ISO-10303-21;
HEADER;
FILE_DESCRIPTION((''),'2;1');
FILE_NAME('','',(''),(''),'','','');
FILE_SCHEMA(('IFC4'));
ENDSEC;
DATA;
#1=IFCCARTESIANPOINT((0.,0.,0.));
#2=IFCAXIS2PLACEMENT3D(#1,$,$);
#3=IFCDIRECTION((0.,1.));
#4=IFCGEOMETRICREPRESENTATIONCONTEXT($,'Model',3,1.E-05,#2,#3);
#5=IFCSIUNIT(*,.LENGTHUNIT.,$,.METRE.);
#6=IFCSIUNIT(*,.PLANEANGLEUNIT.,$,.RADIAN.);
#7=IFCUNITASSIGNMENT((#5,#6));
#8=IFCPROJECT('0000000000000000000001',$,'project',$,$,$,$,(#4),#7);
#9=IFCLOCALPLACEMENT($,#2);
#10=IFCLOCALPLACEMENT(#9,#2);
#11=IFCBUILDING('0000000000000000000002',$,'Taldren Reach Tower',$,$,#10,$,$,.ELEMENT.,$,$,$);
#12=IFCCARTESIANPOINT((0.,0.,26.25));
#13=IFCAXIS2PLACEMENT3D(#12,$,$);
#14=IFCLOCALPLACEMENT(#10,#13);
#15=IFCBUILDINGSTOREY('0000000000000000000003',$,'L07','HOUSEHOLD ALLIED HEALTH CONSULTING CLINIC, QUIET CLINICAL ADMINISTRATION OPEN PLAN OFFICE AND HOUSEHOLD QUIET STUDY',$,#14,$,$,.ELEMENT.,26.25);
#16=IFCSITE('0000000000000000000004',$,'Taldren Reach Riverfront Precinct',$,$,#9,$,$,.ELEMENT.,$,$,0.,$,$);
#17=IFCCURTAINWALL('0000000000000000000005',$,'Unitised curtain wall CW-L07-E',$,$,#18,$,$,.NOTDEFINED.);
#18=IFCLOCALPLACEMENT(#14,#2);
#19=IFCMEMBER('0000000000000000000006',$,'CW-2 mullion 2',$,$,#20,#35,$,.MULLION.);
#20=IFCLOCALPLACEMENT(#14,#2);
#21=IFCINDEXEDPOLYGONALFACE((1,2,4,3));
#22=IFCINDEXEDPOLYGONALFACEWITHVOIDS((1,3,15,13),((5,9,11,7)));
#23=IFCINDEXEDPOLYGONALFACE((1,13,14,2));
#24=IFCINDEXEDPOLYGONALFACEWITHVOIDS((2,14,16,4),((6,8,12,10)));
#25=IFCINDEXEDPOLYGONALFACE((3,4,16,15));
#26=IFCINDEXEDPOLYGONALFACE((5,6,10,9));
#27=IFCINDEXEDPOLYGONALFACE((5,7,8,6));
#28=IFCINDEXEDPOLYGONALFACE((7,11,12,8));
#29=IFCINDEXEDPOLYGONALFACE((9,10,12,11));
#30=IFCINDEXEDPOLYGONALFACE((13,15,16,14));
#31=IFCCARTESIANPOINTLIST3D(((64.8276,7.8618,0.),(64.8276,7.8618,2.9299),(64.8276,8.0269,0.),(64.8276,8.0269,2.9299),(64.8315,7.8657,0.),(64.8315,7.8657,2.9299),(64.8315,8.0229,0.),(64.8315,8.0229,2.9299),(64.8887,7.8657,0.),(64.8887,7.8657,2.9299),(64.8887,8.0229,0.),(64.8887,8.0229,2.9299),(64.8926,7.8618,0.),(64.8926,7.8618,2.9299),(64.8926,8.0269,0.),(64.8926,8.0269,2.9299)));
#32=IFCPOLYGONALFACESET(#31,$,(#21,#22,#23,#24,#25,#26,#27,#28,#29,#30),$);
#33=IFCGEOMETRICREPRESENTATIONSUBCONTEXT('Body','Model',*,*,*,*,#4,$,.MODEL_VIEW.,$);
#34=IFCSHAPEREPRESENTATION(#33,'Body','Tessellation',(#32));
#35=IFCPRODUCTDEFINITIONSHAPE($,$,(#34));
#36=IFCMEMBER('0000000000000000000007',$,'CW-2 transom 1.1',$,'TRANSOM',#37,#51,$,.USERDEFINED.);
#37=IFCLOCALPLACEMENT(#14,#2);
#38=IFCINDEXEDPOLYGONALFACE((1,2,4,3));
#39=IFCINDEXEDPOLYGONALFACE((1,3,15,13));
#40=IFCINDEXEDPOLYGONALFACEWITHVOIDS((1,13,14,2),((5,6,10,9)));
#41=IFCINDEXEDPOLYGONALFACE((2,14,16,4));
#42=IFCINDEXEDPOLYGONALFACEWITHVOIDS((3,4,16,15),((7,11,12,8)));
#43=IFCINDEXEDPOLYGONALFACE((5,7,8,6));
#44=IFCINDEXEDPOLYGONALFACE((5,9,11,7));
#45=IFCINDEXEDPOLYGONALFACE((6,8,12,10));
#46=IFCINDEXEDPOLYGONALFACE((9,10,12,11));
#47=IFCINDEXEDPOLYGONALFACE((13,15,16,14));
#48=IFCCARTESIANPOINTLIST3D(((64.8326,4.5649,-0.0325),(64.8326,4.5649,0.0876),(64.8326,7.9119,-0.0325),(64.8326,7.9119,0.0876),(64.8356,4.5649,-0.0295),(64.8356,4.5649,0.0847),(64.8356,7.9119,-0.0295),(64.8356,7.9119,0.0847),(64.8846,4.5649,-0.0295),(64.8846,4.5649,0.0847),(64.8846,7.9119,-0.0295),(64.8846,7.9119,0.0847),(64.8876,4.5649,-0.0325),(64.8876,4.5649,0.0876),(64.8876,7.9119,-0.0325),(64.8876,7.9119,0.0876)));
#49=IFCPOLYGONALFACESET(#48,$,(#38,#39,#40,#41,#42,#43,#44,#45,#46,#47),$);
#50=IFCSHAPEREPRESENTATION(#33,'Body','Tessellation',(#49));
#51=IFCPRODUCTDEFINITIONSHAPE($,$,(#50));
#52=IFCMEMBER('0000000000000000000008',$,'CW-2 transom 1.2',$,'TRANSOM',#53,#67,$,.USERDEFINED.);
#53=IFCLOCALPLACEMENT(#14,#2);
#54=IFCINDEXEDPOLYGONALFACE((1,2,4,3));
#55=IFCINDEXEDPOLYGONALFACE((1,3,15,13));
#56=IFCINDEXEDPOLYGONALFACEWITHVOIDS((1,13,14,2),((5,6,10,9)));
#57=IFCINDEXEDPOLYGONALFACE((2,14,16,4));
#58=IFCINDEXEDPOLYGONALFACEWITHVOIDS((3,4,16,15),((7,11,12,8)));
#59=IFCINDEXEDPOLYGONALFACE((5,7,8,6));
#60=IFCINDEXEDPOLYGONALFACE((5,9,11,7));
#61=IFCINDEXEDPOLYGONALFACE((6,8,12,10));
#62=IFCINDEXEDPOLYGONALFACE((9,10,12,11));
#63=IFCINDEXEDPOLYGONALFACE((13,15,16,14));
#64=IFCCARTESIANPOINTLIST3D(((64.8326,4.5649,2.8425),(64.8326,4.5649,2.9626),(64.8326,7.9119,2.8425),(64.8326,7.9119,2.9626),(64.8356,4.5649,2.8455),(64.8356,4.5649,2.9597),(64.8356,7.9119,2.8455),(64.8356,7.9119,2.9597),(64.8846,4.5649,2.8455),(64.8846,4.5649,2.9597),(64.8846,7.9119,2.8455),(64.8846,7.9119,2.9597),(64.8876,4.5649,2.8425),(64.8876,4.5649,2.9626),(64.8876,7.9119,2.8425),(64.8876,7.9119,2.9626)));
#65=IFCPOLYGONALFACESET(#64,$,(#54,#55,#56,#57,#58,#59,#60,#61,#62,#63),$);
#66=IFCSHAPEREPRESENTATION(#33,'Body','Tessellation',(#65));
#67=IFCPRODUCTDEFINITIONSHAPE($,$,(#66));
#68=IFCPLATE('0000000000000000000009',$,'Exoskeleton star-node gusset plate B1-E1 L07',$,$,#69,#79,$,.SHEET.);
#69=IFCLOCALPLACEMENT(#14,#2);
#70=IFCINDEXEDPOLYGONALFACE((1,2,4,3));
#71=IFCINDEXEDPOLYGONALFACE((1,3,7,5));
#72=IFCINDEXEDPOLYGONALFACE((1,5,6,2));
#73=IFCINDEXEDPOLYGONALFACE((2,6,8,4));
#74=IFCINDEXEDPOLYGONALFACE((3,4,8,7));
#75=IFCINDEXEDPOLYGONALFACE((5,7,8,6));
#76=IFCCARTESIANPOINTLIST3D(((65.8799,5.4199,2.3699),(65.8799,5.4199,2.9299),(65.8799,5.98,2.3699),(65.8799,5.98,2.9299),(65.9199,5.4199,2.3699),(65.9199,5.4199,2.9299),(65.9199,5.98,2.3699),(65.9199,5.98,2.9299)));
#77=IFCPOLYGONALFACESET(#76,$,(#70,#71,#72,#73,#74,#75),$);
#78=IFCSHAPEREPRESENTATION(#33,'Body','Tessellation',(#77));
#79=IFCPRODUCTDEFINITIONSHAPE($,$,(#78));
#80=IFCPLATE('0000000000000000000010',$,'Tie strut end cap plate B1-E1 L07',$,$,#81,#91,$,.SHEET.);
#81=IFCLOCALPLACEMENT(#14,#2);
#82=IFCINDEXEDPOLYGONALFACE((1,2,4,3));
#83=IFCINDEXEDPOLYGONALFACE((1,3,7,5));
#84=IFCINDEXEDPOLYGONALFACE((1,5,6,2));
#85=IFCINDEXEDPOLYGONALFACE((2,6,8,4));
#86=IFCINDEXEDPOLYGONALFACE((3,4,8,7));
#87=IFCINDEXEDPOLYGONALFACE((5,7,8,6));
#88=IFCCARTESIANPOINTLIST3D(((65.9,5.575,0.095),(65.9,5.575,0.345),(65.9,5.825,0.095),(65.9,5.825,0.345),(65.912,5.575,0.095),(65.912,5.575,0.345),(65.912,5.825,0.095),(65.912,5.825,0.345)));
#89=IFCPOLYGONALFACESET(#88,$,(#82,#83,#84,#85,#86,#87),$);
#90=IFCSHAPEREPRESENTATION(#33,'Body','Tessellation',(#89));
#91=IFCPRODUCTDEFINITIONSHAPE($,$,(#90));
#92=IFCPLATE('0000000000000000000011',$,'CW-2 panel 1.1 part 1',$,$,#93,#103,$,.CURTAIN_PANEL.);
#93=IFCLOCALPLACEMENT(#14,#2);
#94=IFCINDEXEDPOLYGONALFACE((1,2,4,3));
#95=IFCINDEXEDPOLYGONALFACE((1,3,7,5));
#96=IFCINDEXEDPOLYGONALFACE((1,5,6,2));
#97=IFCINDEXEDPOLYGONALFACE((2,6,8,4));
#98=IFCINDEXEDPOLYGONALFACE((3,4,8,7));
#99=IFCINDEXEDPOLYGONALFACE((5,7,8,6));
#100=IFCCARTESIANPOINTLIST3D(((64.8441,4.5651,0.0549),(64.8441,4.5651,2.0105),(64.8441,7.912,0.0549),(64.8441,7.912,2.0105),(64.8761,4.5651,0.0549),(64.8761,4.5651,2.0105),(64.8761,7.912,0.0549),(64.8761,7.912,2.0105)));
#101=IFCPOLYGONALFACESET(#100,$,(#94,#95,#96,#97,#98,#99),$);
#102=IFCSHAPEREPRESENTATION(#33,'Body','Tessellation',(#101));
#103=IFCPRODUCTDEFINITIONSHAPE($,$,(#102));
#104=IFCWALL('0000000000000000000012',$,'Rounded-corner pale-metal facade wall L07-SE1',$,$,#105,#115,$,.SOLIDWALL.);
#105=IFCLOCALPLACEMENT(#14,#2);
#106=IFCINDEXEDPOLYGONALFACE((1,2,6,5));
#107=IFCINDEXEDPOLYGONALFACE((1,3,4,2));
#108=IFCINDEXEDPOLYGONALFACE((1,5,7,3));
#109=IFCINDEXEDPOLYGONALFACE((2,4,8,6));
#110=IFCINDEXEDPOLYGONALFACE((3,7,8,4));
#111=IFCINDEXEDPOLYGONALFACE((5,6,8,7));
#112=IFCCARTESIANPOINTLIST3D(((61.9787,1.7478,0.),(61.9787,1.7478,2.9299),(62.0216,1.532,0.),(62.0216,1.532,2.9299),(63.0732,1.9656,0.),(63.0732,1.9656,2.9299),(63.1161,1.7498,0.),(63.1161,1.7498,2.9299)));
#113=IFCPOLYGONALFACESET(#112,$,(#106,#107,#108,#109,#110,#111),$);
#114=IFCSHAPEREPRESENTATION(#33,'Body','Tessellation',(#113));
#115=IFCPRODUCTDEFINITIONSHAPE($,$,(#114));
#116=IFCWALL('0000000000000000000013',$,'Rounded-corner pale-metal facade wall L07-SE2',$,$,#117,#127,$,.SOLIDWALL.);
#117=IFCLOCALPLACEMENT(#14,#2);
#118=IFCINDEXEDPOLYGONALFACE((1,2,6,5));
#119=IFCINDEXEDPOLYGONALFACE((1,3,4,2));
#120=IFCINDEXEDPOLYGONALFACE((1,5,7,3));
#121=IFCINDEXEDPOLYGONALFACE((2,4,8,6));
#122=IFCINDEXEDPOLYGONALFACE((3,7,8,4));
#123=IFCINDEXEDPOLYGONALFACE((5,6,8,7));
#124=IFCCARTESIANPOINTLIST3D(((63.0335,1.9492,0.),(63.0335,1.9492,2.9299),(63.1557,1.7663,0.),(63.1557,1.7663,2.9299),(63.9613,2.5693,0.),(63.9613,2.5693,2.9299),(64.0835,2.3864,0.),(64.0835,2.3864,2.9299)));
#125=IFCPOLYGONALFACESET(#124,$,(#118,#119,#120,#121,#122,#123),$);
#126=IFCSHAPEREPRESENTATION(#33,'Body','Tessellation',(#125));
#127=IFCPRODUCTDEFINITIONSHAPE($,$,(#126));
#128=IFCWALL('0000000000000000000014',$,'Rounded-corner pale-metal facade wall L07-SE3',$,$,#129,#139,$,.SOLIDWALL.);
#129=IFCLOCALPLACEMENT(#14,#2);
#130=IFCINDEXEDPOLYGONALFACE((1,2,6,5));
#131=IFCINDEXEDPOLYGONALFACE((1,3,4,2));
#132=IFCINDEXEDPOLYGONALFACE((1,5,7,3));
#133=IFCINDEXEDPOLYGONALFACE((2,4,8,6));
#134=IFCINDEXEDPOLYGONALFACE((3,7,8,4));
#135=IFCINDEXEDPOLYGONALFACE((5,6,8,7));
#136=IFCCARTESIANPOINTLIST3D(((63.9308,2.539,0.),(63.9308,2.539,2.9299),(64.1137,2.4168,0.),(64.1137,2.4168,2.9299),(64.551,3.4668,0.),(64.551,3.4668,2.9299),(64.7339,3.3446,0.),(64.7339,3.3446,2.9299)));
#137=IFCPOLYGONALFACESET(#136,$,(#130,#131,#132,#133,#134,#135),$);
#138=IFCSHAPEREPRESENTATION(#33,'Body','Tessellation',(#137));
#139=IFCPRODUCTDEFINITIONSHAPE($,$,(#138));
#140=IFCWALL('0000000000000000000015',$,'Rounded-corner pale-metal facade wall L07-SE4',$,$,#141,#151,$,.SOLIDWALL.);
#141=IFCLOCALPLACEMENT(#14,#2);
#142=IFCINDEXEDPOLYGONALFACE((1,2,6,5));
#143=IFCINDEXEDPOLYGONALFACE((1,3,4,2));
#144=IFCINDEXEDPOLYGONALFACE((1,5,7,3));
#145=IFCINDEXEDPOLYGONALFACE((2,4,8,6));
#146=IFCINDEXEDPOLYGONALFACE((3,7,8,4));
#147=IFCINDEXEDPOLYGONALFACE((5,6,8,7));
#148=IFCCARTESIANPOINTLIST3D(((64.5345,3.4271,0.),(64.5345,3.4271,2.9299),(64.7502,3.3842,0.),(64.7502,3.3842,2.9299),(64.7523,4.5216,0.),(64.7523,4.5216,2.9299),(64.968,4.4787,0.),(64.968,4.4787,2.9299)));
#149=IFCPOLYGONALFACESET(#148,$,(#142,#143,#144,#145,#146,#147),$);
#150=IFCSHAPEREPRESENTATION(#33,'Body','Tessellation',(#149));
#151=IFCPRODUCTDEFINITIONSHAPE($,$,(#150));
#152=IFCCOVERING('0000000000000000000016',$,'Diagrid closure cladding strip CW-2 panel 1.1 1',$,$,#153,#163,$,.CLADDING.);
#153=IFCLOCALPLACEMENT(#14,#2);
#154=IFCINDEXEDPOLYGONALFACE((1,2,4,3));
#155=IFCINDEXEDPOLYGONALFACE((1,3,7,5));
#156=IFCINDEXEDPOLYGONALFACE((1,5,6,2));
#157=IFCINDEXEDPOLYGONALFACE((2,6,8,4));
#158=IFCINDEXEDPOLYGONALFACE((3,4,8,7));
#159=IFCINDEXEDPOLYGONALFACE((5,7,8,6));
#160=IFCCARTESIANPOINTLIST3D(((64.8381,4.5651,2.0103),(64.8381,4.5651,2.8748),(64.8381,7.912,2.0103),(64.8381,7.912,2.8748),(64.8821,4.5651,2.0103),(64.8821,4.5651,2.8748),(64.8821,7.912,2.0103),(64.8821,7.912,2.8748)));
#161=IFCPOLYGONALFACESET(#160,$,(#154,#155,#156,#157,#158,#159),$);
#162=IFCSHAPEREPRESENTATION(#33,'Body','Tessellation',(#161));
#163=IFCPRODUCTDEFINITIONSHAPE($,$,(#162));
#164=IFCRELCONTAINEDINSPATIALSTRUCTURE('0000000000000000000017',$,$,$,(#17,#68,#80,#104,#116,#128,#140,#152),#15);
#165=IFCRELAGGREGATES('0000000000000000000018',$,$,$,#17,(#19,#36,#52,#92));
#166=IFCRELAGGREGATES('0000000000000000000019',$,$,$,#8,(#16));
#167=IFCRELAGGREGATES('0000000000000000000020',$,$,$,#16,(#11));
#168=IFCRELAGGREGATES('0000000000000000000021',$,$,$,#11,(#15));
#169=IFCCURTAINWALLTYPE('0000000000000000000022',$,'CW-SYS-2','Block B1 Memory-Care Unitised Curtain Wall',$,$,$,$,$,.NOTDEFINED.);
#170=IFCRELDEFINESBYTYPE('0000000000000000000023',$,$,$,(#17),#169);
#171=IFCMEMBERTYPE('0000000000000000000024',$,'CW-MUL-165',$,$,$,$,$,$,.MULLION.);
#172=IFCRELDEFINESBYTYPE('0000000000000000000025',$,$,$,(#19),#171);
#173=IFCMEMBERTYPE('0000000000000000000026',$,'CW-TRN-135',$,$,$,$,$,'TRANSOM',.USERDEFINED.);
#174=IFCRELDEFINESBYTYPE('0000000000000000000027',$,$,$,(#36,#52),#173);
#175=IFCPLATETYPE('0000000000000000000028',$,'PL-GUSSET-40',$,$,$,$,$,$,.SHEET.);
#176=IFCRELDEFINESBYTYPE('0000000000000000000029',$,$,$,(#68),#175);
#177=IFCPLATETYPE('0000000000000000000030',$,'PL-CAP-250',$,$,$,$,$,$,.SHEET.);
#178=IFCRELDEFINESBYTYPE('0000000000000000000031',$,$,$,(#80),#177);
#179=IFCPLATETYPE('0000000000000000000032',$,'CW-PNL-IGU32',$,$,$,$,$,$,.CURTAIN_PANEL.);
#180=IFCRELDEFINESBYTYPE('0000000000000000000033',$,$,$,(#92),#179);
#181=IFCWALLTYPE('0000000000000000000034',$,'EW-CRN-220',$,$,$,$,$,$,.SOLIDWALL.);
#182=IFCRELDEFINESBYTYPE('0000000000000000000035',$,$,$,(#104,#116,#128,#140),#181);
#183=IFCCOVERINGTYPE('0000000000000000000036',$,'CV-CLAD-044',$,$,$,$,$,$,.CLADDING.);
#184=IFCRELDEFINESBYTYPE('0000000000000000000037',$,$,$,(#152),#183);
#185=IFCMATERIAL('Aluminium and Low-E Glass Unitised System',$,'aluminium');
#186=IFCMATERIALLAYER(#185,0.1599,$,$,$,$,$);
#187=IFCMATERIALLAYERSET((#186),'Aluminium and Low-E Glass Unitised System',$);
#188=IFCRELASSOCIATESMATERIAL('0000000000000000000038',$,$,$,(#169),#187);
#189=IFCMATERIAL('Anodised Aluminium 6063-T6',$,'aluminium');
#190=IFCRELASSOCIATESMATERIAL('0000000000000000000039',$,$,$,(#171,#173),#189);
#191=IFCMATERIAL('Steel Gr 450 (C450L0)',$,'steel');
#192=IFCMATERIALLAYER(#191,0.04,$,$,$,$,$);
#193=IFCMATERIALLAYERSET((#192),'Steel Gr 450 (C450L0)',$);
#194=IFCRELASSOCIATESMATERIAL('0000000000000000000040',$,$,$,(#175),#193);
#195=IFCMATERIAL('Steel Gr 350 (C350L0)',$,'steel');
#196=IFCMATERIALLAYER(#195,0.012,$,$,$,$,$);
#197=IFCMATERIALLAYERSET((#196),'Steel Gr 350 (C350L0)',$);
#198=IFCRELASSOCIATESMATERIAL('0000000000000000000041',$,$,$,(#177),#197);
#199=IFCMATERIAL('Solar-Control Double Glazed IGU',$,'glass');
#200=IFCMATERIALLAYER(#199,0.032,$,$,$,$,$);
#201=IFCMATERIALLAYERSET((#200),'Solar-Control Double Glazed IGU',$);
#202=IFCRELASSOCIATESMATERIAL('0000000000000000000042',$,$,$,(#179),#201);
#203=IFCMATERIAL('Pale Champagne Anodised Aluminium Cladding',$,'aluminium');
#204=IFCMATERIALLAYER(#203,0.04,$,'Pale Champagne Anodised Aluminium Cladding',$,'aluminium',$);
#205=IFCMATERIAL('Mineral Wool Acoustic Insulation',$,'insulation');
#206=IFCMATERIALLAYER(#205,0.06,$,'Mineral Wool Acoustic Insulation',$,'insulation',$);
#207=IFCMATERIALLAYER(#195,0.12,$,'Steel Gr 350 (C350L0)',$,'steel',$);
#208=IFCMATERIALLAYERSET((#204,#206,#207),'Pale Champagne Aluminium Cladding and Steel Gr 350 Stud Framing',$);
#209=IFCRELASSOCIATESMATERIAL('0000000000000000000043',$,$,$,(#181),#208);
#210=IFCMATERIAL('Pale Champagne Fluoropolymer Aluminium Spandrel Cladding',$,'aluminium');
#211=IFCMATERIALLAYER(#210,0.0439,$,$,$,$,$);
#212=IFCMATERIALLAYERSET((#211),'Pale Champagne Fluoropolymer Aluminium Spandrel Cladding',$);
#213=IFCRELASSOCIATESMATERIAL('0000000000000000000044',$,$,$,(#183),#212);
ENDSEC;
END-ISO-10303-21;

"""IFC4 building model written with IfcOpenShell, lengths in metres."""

from ifc_helpers import new_model, si_unit, direction, frame, frame_2d, origin, origin_2d, place, context, subcontext, project, spatial, rectangle, hollow_rectangle, extrude, source, transform, mapped, material, layer, layer_set, material_profile, profile_set, type_object, element, aggregate, save


model = new_model("IFC4")

# Units and contexts
model_context = context("Model", 3, precision=1e-05, world=origin(), true_north=direction((0.0, 1.0)))
body_context = subcontext(model_context, "Body", "Model", "MODEL_VIEW")
ifc_project = project(units=[si_unit("LENGTHUNIT", "METRE"), si_unit("PLANEANGLEUNIT", "RADIAN")], contexts=[model_context])

# Site, building, storey
site_placement = place(None, origin())
site = spatial("IfcSite", under=ifc_project, at=site_placement, Name="Taldren Reach Riverfront Precinct", CompositionType="ELEMENT", RefElevation=0.0)
building_placement = place(site_placement, origin())
building = spatial("IfcBuilding", under=site, at=building_placement, Name="Taldren Reach Tower", CompositionType="ELEMENT")
storey_placement = place(building_placement, frame((0.0, 0.0, 26.25)))
storey = spatial("IfcBuildingStorey", under=building, at=storey_placement, Name="L07", Description="HOUSEHOLD ALLIED HEALTH CONSULTING CLINIC, QUIET CLINICAL ADMINISTRATION OPEN PLAN OFFICE AND HOUSEHOLD QUIET STUDY", CompositionType="ELEMENT", Elevation=26.25)

# Shared definitions
ifc_material_1 = material(Name="Steel Gr 450 (C450L0)", Category="steel")
ifc_material_2 = material(Name="Steel Gr 350 (C350L0)", Category="steel")

# Shared definitions
ifc_material_3 = material(Name="Aluminium and Low-E Glass Unitised System", Category="aluminium")
ifc_layer_1 = layer(ifc_material_3, 0.1599)
ifc_layer_set_1 = layer_set([ifc_layer_1], Name="Aluminium and Low-E Glass Unitised System")
curtain_wall_type = type_object("IfcCurtainWallType", Name="CW-SYS-2", Description="Block B1 Memory-Care Unitised Curtain Wall", PredefinedType="NOTDEFINED", material=ifc_layer_set_1)
ifc_material_4 = material(Name="Anodised Aluminium 6063-T6", Category="aluminium")
ifc_material_profile_1 = material_profile(ifc_material_4, hollow_rectangle(XDim=0.0649, YDim=0.165, WallThickness=0.0039, at=origin_2d()), Name="ALU-165x65x4RHS")
ifc_profile_set_1 = profile_set([ifc_material_profile_1], Name="Anodised Aluminium 6063-T6")
member_type_1 = type_object("IfcMemberType", Name="CW-MUL-165", PredefinedType="MULLION", material=ifc_profile_set_1)
shared_shape_1 = source(origin(), body_context, "Body", "SweptSolid", [
    extrude(hollow_rectangle(XDim=0.0649, YDim=0.165, WallThickness=0.0039, at=origin_2d()), origin(), (0.0, 0.0, 1.0), 2.9299),
])

# Curtain wall, members
curtain_wall_1_placement = place(storey_placement, origin())
curtain_wall_1 = element("IfcCurtainWall", 1, at=curtain_wall_1_placement, inside=storey, type_object=curtain_wall_type, Name="Unitised curtain wall CW-L07-E", PredefinedType="NOTDEFINED")
member_1_placement = place(storey_placement, frame((64.8601, 7.9443, 0.0), z_axis=(0.0, 0.0, 1.0), x_axis=(-1.0, 0.0, 0.0)))
member_1 = element("IfcMember", 2, at=member_1_placement, type_object=member_type_1, Name="CW-2 mullion 2", PredefinedType="MULLION", context=body_context, shape_type="MappedRepresentation", body=[
    mapped(shared_shape_1, transform((0.0, 0.0, 0.0), scale=1.0)),
])
ifc_material_profile_2 = material_profile(ifc_material_4, hollow_rectangle(XDim=0.0549, YDim=0.1201, WallThickness=0.0029, at=origin_2d()), Name="ALU-120x55x3RHS")
ifc_profile_set_2 = profile_set([ifc_material_profile_2], Name="Anodised Aluminium 6063-T6")
member_type_2 = type_object("IfcMemberType", Name="CW-TRN-135", ElementType="TRANSOM", PredefinedType="USERDEFINED", material=ifc_profile_set_2)
shared_shape_2 = source(origin(), body_context, "Body", "SweptSolid", [
    extrude(hollow_rectangle(XDim=0.0549, YDim=0.1201, WallThickness=0.0029, at=origin_2d()), origin(), (0.0, 0.0, 1.0), 3.3469),
])
member_2_placement = place(storey_placement, frame((64.8601, 4.5649, 0.0276), z_axis=(0.0, 1.0, 0.0), x_axis=(-1.0, 0.0, 0.0)))
member_2 = element("IfcMember", 3, at=member_2_placement, type_object=member_type_2, Name="CW-2 transom 1.1", ObjectType="TRANSOM", PredefinedType="USERDEFINED", context=body_context, shape_type="MappedRepresentation", body=[
    mapped(shared_shape_2, transform((0.0, 0.0, 0.0), scale=1.0)),
])
member_3_placement = place(storey_placement, frame((64.8601, 4.5649, 2.9026), z_axis=(0.0, 1.0, 0.0), x_axis=(-1.0, 0.0, 0.0)))
member_3 = element("IfcMember", 4, at=member_3_placement, type_object=member_type_2, Name="CW-2 transom 1.2", ObjectType="TRANSOM", PredefinedType="USERDEFINED", context=body_context, shape_type="MappedRepresentation", body=[
    mapped(shared_shape_2, transform((0.0, 0.0, 0.0), scale=1.0)),
])

# Plates
ifc_layer_2 = layer(ifc_material_1, 0.04)
ifc_layer_set_2 = layer_set([ifc_layer_2], Name="Steel Gr 450 (C450L0)")
plate_type_1 = type_object("IfcPlateType", Name="PL-GUSSET-40", PredefinedType="SHEET", material=ifc_layer_set_2)
shared_shape_3 = source(origin(), body_context, "Body", "SweptSolid", [
    extrude(rectangle(XDim=0.5601, YDim=0.04, at=origin_2d()), origin(), (0.0, 0.0, 1.0), 0.5601),
])
plate_1_placement = place(storey_placement, frame((65.8999, 5.7, 2.3699), z_axis=(0.0, 0.0, 1.0), x_axis=(0.0, 1.0, 0.0)))
element("IfcPlate", 5, at=plate_1_placement, inside=storey, type_object=plate_type_1, Name="Exoskeleton star-node gusset plate B1-E1 L07", PredefinedType="SHEET", context=body_context, shape_type="MappedRepresentation", body=[
    mapped(shared_shape_3, transform((0.0, 0.0, 0.0), scale=1.0)),
])
ifc_layer_3 = layer(ifc_material_2, 0.012)
ifc_layer_set_3 = layer_set([ifc_layer_3], Name="Steel Gr 350 (C350L0)")
plate_type_2 = type_object("IfcPlateType", Name="PL-CAP-250", PredefinedType="SHEET", material=ifc_layer_set_3)
shared_shape_4 = source(origin(), body_context, "Body", "SweptSolid", [
    extrude(rectangle(XDim=0.012, YDim=0.25, at=origin_2d()), origin(), (0.0, 0.0, 1.0), 0.25),
])
plate_2_placement = place(storey_placement, frame((65.906, 5.7, 0.095), z_axis=(0.0, 0.0, 1.0), x_axis=(1.0, 0.0, 0.0)))
element("IfcPlate", 6, at=plate_2_placement, inside=storey, type_object=plate_type_2, Name="Tie strut end cap plate B1-E1 L07", PredefinedType="SHEET", context=body_context, shape_type="MappedRepresentation", body=[
    mapped(shared_shape_4, transform((0.0, 0.0, 0.0), scale=1.0)),
])

# Plate
ifc_material_5 = material(Name="Solar-Control Double Glazed IGU", Category="glass")
ifc_layer_4 = layer(ifc_material_5, 0.032)
ifc_layer_set_4 = layer_set([ifc_layer_4], Name="Solar-Control Double Glazed IGU")
plate_type_3 = type_object("IfcPlateType", Name="CW-PNL-IGU32", PredefinedType="CURTAIN_PANEL", material=ifc_layer_set_4)
shared_shape_5 = source(origin(), body_context, "Body", "SweptSolid", [
    extrude(rectangle(XDim=3.3469, YDim=0.032, at=origin_2d()), origin(), (0.0, 0.0, 1.0), 1.9556),
])
plate_3_placement = place(storey_placement, frame((64.8601, 6.2385, 0.0549), z_axis=(0.0, 0.0, 1.0), x_axis=(0.0, 1.0, 0.0)))
plate_3 = element("IfcPlate", 7, at=plate_3_placement, type_object=plate_type_3, Name="CW-2 panel 1.1 part 1", PredefinedType="CURTAIN_PANEL", context=body_context, shape_type="MappedRepresentation", body=[
    mapped(shared_shape_5, transform((0.0, 0.0, 0.0), scale=1.0)),
])
aggregate(curtain_wall_1, [member_1, member_2, member_3, plate_3])

# Walls
ifc_material_6 = material(Name="Pale Champagne Anodised Aluminium Cladding", Category="aluminium")
ifc_layer_5 = layer(ifc_material_6, 0.04, Name="Pale Champagne Anodised Aluminium Cladding", Category="aluminium")
ifc_material_7 = material(Name="Mineral Wool Acoustic Insulation", Category="insulation")
ifc_layer_6 = layer(ifc_material_7, 0.06, Name="Mineral Wool Acoustic Insulation", Category="insulation")
ifc_layer_7 = layer(ifc_material_2, 0.12, Name="Steel Gr 350 (C350L0)", Category="steel")
ifc_layer_set_5 = layer_set([ifc_layer_5, ifc_layer_6, ifc_layer_7], Name="Pale Champagne Aluminium Cladding and Steel Gr 350 Stud Framing")
wall_type = type_object("IfcWallType", Name="EW-CRN-220", PredefinedType="SOLIDWALL", material=ifc_layer_set_5)
shared_shape_6 = source(origin(), body_context, "Body", "SweptSolid", [
    extrude(rectangle(XDim=1.116, YDim=0.22, at=frame_2d((0.5581, 0.0))), origin(), (0.0, 0.0, 1.0), 2.9299),
])
for number, where, z_axis, x_axis, name in (
    (8, (62.0, 1.6399, 0.0), (0.0, 0.0, 1.0), (0.980774, 0.195148, 0.0), "Rounded-corner pale-metal facade wall L07-SE1"),
    (9, (63.0945, 1.8577, 0.0), (0.0, 0.0, 1.0), (0.831377, 0.55571, 0.0), "Rounded-corner pale-metal facade wall L07-SE2"),
    (10, (64.0222, 2.4778, 0.0), (0.0, 0.0, 1.0), (0.55571, 0.831377, 0.0), "Rounded-corner pale-metal facade wall L07-SE3"),
    (11, (64.6423, 3.4055, 0.0), (0.0, 0.0, 1.0), (0.195148, 0.980774, 0.0), "Rounded-corner pale-metal facade wall L07-SE4"),
):
    element("IfcWall", number, at=place(storey_placement, frame(where, z_axis=z_axis, x_axis=x_axis)), inside=storey, type_object=wall_type, Name=name, PredefinedType="SOLIDWALL", context=body_context, shape_type="MappedRepresentation", body=[
        mapped(shared_shape_6, transform((0.0, 0.0, 0.0), scale=1.0)),
    ])

# Covering
ifc_material_8 = material(Name="Pale Champagne Fluoropolymer Aluminium Spandrel Cladding", Category="aluminium")
ifc_layer_8 = layer(ifc_material_8, 0.0439)
ifc_layer_set_6 = layer_set([ifc_layer_8], Name="Pale Champagne Fluoropolymer Aluminium Spandrel Cladding")
covering_type = type_object("IfcCoveringType", Name="CV-CLAD-044", PredefinedType="CLADDING", material=ifc_layer_set_6)
shared_shape_7 = source(origin(), body_context, "Body", "SweptSolid", [
    extrude(rectangle(XDim=3.3469, YDim=0.0439, at=origin_2d()), origin(), (0.0, 0.0, 1.0), 0.8645),
])
covering_placement = place(storey_placement, frame((64.8601, 6.2385, 2.0103), z_axis=(0.0, 0.0, 1.0), x_axis=(0.0, 1.0, 0.0)))
element("IfcCovering", 12, at=covering_placement, inside=storey, type_object=covering_type, Name="Diagrid closure cladding strip CW-2 panel 1.1 1", PredefinedType="CLADDING", context=body_context, shape_type="MappedRepresentation", body=[
    mapped(shared_shape_7, transform((0.0, 0.0, 0.0), scale=1.0)),
])

save(model, "model.ifc")
